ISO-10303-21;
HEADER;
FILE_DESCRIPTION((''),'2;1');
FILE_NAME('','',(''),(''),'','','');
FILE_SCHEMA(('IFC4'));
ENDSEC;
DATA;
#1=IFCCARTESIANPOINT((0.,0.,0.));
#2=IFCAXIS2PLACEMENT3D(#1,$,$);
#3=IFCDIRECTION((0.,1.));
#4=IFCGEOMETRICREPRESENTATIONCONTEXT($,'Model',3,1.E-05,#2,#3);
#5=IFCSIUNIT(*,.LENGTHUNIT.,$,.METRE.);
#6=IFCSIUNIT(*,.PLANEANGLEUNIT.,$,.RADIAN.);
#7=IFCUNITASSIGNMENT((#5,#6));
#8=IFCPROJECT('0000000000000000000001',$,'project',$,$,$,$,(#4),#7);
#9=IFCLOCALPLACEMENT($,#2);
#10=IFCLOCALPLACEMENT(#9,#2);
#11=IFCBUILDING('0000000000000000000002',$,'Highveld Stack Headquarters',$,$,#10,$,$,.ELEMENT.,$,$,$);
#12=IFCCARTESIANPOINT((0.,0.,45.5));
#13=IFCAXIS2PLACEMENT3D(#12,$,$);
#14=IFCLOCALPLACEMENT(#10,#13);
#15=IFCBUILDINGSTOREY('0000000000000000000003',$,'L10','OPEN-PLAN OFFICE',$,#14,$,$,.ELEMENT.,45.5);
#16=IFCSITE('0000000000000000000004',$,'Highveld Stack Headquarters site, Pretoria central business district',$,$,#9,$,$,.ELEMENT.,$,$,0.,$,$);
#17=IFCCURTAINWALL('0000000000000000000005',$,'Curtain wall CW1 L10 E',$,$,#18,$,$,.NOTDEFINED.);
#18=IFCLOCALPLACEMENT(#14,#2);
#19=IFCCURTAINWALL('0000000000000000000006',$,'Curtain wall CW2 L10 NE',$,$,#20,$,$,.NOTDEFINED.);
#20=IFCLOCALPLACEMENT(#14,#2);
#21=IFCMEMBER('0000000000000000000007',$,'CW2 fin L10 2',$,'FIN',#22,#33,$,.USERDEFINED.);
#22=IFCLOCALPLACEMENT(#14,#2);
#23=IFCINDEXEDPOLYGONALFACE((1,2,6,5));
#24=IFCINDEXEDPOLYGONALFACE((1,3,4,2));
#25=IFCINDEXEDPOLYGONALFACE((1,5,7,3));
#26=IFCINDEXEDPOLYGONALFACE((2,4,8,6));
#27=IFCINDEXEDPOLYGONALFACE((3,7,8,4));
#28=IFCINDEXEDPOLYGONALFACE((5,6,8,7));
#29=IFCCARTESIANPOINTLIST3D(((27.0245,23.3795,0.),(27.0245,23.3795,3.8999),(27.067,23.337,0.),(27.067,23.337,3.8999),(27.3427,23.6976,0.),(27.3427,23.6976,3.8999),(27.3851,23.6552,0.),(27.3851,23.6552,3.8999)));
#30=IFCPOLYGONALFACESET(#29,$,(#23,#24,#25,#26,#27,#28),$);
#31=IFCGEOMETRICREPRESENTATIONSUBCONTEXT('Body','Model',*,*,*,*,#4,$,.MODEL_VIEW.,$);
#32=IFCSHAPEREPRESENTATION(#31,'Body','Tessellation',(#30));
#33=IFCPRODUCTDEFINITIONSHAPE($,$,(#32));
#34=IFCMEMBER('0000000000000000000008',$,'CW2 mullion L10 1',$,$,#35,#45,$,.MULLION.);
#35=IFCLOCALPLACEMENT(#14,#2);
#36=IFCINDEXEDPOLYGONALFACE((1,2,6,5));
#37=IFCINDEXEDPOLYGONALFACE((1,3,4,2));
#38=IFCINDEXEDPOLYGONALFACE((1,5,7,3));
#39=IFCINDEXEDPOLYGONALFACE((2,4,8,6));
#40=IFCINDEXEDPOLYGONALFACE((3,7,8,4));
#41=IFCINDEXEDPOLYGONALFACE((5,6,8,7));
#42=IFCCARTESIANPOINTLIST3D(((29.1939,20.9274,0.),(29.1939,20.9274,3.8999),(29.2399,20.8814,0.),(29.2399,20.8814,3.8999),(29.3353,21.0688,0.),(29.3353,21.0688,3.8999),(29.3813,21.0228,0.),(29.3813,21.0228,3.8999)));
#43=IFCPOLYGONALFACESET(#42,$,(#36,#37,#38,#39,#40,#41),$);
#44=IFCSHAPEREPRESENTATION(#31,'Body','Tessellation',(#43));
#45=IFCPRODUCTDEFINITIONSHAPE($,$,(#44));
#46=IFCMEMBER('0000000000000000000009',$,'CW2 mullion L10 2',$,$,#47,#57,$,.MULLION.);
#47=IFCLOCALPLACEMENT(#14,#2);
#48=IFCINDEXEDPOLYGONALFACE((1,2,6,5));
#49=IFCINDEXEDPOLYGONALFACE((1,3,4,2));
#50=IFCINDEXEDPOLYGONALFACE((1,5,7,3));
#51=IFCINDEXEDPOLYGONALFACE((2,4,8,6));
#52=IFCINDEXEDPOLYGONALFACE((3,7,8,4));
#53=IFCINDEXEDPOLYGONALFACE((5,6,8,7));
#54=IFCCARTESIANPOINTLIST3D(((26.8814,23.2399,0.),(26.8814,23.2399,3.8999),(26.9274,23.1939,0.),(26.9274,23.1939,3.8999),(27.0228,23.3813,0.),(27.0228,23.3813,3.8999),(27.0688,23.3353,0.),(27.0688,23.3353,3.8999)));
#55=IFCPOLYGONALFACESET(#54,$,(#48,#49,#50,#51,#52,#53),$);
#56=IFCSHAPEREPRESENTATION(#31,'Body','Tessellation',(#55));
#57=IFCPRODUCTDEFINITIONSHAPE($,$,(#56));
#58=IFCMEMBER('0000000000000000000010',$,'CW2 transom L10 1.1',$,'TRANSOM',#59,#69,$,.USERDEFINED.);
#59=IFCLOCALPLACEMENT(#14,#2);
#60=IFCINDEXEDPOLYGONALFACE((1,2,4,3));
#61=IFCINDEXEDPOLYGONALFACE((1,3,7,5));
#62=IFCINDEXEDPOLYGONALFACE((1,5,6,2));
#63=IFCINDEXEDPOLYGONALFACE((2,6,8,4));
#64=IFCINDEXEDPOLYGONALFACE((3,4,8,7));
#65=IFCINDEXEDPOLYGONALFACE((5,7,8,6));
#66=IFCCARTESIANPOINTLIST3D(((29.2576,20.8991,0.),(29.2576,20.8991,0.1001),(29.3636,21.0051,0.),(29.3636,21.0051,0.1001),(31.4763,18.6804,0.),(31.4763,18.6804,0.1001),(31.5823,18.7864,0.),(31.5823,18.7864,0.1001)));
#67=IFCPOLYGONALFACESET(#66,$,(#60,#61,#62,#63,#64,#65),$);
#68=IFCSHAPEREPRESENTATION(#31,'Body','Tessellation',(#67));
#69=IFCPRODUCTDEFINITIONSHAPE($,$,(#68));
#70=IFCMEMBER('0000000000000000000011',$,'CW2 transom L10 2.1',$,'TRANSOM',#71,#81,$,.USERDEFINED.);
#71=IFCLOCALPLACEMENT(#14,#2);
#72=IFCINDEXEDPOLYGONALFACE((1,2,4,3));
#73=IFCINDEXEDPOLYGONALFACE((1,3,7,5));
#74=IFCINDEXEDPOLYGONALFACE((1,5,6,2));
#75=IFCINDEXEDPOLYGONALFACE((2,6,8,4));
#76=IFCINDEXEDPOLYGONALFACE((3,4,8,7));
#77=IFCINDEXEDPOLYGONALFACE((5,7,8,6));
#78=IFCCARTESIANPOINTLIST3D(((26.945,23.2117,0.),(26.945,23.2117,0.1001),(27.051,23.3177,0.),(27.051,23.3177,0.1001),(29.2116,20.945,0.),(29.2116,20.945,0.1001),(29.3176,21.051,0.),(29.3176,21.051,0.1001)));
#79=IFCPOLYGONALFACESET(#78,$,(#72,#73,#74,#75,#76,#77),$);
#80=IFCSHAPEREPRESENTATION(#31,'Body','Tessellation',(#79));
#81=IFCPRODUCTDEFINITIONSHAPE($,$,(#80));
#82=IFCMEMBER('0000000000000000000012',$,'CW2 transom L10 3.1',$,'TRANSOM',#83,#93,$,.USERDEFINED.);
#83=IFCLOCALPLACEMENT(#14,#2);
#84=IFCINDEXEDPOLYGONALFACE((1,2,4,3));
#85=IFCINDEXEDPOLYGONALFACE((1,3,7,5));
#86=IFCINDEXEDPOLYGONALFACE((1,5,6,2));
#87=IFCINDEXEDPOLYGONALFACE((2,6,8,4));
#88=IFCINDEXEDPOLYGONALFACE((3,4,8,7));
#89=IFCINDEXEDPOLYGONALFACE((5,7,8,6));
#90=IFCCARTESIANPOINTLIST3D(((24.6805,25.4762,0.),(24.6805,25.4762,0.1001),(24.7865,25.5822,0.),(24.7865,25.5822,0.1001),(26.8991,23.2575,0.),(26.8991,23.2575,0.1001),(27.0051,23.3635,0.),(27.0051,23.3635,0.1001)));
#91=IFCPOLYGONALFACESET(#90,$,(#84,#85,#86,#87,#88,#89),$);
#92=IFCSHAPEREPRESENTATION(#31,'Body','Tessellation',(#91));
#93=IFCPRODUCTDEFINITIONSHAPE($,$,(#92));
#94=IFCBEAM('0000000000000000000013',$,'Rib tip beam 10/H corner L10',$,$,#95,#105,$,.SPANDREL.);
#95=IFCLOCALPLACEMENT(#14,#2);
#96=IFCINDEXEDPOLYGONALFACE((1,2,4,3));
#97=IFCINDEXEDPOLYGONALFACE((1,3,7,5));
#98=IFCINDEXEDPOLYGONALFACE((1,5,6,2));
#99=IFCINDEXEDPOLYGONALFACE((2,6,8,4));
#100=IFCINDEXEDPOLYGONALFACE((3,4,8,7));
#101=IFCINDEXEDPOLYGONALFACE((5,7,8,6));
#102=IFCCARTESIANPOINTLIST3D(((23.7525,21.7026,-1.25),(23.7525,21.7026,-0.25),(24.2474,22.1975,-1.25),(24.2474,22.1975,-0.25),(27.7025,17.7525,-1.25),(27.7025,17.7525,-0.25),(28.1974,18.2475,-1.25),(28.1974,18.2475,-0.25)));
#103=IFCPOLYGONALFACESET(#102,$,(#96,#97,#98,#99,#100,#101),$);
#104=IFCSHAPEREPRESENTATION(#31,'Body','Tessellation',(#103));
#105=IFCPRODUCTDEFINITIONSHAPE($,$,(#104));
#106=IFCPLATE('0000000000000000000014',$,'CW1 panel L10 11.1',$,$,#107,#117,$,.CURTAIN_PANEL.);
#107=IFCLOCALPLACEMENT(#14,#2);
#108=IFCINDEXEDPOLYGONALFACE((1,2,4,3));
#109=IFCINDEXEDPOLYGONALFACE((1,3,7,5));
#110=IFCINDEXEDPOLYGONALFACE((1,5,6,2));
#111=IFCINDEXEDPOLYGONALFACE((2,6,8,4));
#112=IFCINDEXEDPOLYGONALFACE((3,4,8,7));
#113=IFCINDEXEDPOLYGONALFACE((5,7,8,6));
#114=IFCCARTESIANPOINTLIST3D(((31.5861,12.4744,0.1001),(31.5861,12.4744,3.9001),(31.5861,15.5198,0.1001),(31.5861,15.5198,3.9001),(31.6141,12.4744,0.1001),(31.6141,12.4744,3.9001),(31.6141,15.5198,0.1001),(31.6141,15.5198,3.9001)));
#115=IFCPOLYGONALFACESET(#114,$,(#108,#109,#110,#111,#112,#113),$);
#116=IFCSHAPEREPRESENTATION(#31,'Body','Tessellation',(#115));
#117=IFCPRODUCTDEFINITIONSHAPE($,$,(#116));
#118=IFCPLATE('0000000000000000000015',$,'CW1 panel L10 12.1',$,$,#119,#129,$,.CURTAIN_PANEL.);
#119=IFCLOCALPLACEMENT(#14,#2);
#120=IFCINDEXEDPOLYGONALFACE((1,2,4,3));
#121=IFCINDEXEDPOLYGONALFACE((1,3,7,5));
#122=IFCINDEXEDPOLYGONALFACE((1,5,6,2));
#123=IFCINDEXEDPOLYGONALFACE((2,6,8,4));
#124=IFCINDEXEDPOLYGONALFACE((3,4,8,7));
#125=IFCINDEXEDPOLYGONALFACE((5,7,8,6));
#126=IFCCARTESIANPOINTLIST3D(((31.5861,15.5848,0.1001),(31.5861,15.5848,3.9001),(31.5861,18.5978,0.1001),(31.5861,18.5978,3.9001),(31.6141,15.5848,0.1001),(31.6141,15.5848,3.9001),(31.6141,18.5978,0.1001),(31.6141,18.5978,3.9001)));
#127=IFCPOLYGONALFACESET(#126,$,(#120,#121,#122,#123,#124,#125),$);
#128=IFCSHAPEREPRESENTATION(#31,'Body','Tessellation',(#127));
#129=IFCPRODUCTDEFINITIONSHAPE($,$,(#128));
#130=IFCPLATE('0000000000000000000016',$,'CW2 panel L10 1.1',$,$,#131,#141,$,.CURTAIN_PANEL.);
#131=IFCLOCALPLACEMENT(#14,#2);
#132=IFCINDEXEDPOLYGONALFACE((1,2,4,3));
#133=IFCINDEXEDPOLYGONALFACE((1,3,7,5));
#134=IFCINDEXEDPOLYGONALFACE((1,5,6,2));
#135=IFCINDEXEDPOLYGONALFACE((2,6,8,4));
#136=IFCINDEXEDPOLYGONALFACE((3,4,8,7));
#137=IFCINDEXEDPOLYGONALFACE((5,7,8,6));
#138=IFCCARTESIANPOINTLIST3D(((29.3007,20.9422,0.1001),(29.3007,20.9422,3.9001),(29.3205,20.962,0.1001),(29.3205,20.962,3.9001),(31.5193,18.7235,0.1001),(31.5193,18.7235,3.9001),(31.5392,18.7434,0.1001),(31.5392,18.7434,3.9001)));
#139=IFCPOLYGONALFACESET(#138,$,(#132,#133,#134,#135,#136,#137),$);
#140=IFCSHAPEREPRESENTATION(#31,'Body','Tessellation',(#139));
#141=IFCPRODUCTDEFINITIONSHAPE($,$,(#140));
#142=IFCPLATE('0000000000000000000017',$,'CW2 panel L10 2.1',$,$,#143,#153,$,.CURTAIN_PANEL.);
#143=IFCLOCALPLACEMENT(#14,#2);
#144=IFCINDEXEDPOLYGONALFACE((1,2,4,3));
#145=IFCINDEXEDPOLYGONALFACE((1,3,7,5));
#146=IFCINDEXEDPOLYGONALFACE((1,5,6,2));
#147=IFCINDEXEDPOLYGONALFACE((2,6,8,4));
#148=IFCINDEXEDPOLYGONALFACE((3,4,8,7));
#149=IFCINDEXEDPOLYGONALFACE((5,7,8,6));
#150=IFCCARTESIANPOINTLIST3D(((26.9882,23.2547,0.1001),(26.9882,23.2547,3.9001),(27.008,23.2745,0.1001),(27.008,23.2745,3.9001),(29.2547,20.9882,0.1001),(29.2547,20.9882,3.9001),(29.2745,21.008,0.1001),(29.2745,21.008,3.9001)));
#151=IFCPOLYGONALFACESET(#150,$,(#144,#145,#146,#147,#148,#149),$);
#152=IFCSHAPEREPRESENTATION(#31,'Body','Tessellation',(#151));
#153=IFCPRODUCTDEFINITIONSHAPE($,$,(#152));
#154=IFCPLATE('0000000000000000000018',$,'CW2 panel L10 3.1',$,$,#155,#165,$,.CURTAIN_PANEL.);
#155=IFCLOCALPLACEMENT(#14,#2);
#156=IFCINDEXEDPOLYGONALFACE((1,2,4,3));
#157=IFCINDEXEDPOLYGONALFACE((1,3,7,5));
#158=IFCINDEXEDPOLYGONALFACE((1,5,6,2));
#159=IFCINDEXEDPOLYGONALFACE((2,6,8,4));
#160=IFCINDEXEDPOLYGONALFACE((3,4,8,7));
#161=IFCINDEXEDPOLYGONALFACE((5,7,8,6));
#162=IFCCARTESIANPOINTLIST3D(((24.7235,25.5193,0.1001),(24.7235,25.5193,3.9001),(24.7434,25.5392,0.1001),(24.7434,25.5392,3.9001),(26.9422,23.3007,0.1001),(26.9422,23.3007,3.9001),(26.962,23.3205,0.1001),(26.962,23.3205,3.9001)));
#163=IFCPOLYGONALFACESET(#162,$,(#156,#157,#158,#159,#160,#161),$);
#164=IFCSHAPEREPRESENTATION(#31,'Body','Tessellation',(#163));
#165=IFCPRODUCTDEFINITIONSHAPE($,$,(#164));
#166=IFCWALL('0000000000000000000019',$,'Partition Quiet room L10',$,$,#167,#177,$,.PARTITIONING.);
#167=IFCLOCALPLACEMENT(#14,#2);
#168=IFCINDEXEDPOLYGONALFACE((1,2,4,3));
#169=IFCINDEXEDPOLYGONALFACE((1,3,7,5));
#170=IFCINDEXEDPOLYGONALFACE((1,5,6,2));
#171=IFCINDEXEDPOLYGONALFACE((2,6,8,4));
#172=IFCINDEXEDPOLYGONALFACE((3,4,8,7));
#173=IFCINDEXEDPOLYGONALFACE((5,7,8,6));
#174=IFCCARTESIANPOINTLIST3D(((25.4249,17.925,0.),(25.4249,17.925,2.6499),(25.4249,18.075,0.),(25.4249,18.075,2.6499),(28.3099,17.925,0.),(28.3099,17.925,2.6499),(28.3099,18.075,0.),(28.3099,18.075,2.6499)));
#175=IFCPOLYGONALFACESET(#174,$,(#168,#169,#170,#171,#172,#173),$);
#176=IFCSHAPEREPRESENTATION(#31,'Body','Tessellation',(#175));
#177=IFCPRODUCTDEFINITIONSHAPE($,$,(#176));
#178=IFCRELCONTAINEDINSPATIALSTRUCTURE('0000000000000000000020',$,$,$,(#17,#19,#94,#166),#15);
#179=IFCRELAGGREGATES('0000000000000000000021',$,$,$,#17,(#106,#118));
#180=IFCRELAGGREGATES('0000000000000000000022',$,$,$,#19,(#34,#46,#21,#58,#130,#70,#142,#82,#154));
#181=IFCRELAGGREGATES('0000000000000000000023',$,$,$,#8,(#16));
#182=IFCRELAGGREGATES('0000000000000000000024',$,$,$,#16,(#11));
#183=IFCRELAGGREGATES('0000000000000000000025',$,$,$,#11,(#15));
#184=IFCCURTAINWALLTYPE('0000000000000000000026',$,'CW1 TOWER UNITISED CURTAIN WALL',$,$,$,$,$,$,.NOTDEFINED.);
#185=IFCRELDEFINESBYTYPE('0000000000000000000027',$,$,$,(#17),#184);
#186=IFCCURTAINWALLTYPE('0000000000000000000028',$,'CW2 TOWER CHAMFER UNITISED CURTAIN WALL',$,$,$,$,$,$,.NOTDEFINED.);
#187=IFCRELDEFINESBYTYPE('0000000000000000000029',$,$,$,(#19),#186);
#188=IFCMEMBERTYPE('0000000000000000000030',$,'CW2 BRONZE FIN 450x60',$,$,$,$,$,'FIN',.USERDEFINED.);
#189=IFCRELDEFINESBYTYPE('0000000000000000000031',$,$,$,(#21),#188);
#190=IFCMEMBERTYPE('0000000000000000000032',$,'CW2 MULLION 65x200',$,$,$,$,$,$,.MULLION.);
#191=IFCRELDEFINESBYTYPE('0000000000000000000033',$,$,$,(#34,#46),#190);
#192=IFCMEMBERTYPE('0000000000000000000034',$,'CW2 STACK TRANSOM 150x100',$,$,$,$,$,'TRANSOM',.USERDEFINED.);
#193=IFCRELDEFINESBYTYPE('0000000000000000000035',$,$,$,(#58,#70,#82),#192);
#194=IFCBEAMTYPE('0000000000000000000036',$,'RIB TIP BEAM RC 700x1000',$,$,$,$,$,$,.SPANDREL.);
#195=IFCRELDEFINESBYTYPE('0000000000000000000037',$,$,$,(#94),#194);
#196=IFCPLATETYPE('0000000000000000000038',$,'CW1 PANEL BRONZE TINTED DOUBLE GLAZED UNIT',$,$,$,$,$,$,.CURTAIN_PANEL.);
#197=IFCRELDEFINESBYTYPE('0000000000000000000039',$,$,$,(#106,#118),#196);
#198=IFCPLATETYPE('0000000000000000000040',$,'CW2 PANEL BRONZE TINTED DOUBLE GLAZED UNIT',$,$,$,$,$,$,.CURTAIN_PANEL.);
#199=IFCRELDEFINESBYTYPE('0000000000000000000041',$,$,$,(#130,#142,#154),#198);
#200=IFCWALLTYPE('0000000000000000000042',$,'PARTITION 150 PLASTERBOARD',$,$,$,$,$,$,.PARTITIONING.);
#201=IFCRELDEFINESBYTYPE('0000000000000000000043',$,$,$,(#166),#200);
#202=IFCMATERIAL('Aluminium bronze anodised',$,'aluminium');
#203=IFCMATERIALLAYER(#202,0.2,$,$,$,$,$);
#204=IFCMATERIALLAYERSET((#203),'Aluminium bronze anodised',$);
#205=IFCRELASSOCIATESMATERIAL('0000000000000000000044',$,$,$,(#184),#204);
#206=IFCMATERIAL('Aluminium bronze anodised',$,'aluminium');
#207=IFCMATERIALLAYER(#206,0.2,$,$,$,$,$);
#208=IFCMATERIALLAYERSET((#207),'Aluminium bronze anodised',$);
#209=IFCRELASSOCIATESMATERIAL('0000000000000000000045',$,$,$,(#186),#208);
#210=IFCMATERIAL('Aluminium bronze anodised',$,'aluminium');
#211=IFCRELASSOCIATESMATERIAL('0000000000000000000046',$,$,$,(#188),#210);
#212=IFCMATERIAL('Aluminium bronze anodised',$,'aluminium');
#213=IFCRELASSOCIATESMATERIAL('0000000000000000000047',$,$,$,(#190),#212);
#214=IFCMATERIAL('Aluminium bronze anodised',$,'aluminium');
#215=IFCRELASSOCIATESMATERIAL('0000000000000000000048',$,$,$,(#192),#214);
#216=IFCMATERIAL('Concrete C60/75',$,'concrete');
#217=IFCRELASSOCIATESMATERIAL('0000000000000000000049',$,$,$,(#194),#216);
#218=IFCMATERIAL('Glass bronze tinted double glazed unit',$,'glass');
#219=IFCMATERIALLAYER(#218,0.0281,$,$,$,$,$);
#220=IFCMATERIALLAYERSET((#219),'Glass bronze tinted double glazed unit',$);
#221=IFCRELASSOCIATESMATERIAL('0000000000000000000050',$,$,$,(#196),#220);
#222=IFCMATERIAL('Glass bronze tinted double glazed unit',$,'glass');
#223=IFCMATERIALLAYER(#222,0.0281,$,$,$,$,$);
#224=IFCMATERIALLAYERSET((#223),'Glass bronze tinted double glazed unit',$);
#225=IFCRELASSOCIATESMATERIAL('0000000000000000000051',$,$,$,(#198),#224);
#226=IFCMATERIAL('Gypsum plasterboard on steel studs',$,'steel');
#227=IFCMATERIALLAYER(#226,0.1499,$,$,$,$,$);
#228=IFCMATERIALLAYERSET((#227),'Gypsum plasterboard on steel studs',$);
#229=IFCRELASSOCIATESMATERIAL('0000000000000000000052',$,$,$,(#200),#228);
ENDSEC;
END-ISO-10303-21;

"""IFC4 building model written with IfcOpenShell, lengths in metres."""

from ifc_helpers import new_model, si_unit, direction, frame, frame_2d, origin, origin_2d, place, context, subcontext, project, spatial, rectangle, extrude, material, layer, layer_set, material_profile, profile_set, type_object, element, aggregate, save


model = new_model("IFC4")

# Units and contexts
model_context = context("Model", 3, precision=1e-05, world=origin(), true_north=direction((0.0, 1.0)))
body_context = subcontext(model_context, "Body", "Model", "MODEL_VIEW")
ifc_project = project(units=[si_unit("LENGTHUNIT", "METRE"), si_unit("PLANEANGLEUNIT", "RADIAN")], contexts=[model_context])

# Site, building, storey
site_placement = place(None, origin())
site = spatial("IfcSite", under=ifc_project, at=site_placement, Name="Highveld Stack Headquarters site, Pretoria central business district", CompositionType="ELEMENT", RefElevation=0.0)
building_placement = place(site_placement, origin())
building = spatial("IfcBuilding", under=site, at=building_placement, Name="Highveld Stack Headquarters", CompositionType="ELEMENT")
storey_placement = place(building_placement, frame((0.0, 0.0, 45.5)))
storey = spatial("IfcBuildingStorey", under=building, at=storey_placement, Name="L10", Description="OPEN-PLAN OFFICE", CompositionType="ELEMENT", Elevation=45.5)

# Curtain wall
ifc_material_1 = material(Name="Aluminium bronze anodised", Category="aluminium")
ifc_layer_1 = layer(ifc_material_1, 0.2)
ifc_layer_set_1 = layer_set([ifc_layer_1], Name="Aluminium bronze anodised")
curtain_wall_type_1 = type_object("IfcCurtainWallType", Name="CW1 TOWER UNITISED CURTAIN WALL", PredefinedType="NOTDEFINED", material=ifc_layer_set_1)
curtain_wall_1_placement = place(storey_placement, origin())
curtain_wall_1 = element("IfcCurtainWall", 1, at=curtain_wall_1_placement, inside=storey, type_object=curtain_wall_type_1, Name="Curtain wall CW1 L10 E", PredefinedType="NOTDEFINED")

# Curtain wall, members
ifc_material_2 = material(Name="Aluminium bronze anodised", Category="aluminium")
ifc_layer_2 = layer(ifc_material_2, 0.2)
ifc_layer_set_2 = layer_set([ifc_layer_2], Name="Aluminium bronze anodised")
curtain_wall_type_2 = type_object("IfcCurtainWallType", Name="CW2 TOWER CHAMFER UNITISED CURTAIN WALL", PredefinedType="NOTDEFINED", material=ifc_layer_set_2)
curtain_wall_2_placement = place(storey_placement, origin())
curtain_wall_2 = element("IfcCurtainWall", 2, at=curtain_wall_2_placement, inside=storey, type_object=curtain_wall_type_2, Name="Curtain wall CW2 L10 NE", PredefinedType="NOTDEFINED")
ifc_material_3 = material(Name="Aluminium bronze anodised", Category="aluminium")
ifc_material_profile_1 = material_profile(ifc_material_3, rectangle(XDim=0.45, YDim=0.0601, at=origin_2d()), Name="FIN 450x60")
ifc_profile_set_1 = profile_set([ifc_material_profile_1], Name="Aluminium bronze anodised")
member_type_1 = type_object("IfcMemberType", Name="CW2 BRONZE FIN 450x60", ElementType="FIN", PredefinedType="USERDEFINED", material=ifc_profile_set_1)
member_1_placement = place(storey_placement, frame((27.2048, 23.5173, 0.0), z_axis=(0.0, 0.0, 1.0), x_axis=(-0.707107, -0.707107, 0.0)))
member_1 = element("IfcMember", 3, at=member_1_placement, type_object=member_type_1, Name="CW2 fin L10 2", ObjectType="FIN", PredefinedType="USERDEFINED", context=body_context, shape_type="SweptSolid", body=[
    extrude(rectangle(XDim=0.45, YDim=0.0601, at=origin_2d()), origin(), (0.0, 0.0, 1.0), 3.8999),
])
ifc_material_4 = material(Name="Aluminium bronze anodised", Category="aluminium")
ifc_material_profile_2 = material_profile(ifc_material_4, rectangle(XDim=0.2, YDim=0.0649, at=origin_2d()), Name="CW2 MULLION 65x200")
ifc_profile_set_2 = profile_set([ifc_material_profile_2], Name="Aluminium bronze anodised")
member_type_2 = type_object("IfcMemberType", Name="CW2 MULLION 65x200", PredefinedType="MULLION", material=ifc_profile_set_2)
member_2_placement = place(storey_placement, frame((29.2876, 20.9751, 0.0), z_axis=(0.0, 0.0, 1.0), x_axis=(-0.707107, -0.707107, 0.0)))
member_2 = element("IfcMember", 4, at=member_2_placement, type_object=member_type_2, Name="CW2 mullion L10 1", PredefinedType="MULLION", context=body_context, shape_type="SweptSolid", body=[
    extrude(rectangle(XDim=0.2, YDim=0.0649, at=origin_2d()), origin(), (0.0, 0.0, 1.0), 3.8999),
])
member_3_placement = place(storey_placement, frame((26.9751, 23.2876, 0.0), z_axis=(0.0, 0.0, 1.0), x_axis=(-0.707107, -0.707107, 0.0)))
member_3 = element("IfcMember", 5, at=member_3_placement, type_object=member_type_2, Name="CW2 mullion L10 2", PredefinedType="MULLION", context=body_context, shape_type="SweptSolid", body=[
    extrude(rectangle(XDim=0.2, YDim=0.0649, at=origin_2d()), origin(), (0.0, 0.0, 1.0), 3.8999),
])
ifc_material_5 = material(Name="Aluminium bronze anodised", Category="aluminium")
ifc_material_profile_3 = material_profile(ifc_material_5, rectangle(XDim=0.1499, YDim=0.1001, at=origin_2d()), Name="CW2 TRANSOM 150x100")
ifc_profile_set_3 = profile_set([ifc_material_profile_3], Name="Aluminium bronze anodised")
member_type_3 = type_object("IfcMemberType", Name="CW2 STACK TRANSOM 150x100", ElementType="TRANSOM", PredefinedType="USERDEFINED", material=ifc_profile_set_3)
member_4_placement = place(storey_placement, frame((31.5293, 18.7334, 0.05), z_axis=(-0.707107, 0.707107, 0.0), x_axis=(-0.707107, -0.707107, 0.0)))
member_4 = element("IfcMember", 6, at=member_4_placement, type_object=member_type_3, Name="CW2 transom L10 1.1", ObjectType="TRANSOM", PredefinedType="USERDEFINED", context=body_context, shape_type="SweptSolid", body=[
    extrude(rectangle(XDim=0.1499, YDim=0.1001, at=origin_2d()), origin(), (0.0, 0.0, 1.0), 3.1377),
])
member_5_placement = place(storey_placement, frame((29.2646, 20.998, 0.05), z_axis=(-0.707107, 0.707107, 0.0), x_axis=(-0.707107, -0.707107, 0.0)))
member_5 = element("IfcMember", 7, at=member_5_placement, type_object=member_type_3, Name="CW2 transom L10 2.1", ObjectType="TRANSOM", PredefinedType="USERDEFINED", context=body_context, shape_type="SweptSolid", body=[
    extrude(rectangle(XDim=0.1499, YDim=0.1001, at=origin_2d()), origin(), (0.0, 0.0, 1.0), 3.2056),
])
member_6_placement = place(storey_placement, frame((26.9521, 23.3105, 0.05), z_axis=(-0.707107, 0.707107, 0.0), x_axis=(-0.707107, -0.707107, 0.0)))
member_6 = element("IfcMember", 8, at=member_6_placement, type_object=member_type_3, Name="CW2 transom L10 3.1", ObjectType="TRANSOM", PredefinedType="USERDEFINED", context=body_context, shape_type="SweptSolid", body=[
    extrude(rectangle(XDim=0.1499, YDim=0.1001, at=origin_2d()), origin(), (0.0, 0.0, 1.0), 3.1377),
])

# Beam
ifc_material_6 = material(Name="Concrete C60/75", Category="concrete")
ifc_material_profile_4 = material_profile(ifc_material_6, rectangle(XDim=0.7, YDim=1.0, at=origin_2d()), Name="RC 700x1000")
ifc_profile_set_4 = profile_set([ifc_material_profile_4], Name="Concrete C60/75")
beam_type_1 = type_object("IfcBeamType", Name="RIB TIP BEAM RC 700x1000", PredefinedType="SPANDREL", material=ifc_profile_set_4)
beam_1_placement = place(storey_placement, frame((27.95, 18.0, -0.75), z_axis=(-0.707107, 0.707107, 0.0), x_axis=(-0.707107, -0.707107, 0.0)))
element("IfcBeam", 9, at=beam_1_placement, inside=storey, type_object=beam_type_1, Name="Rib tip beam 10/H corner L10", PredefinedType="SPANDREL", context=body_context, shape_type="SweptSolid", body=[
    extrude(rectangle(XDim=0.7, YDim=1.0, at=origin_2d()), origin(), (0.0, 0.0, 1.0), 5.5862),
])

# Plates
ifc_material_7 = material(Name="Glass bronze tinted double glazed unit", Category="glass")
ifc_layer_3 = layer(ifc_material_7, 0.0281)
ifc_layer_set_3 = layer_set([ifc_layer_3], Name="Glass bronze tinted double glazed unit")
plate_type_1 = type_object("IfcPlateType", Name="CW1 PANEL BRONZE TINTED DOUBLE GLAZED UNIT", PredefinedType="CURTAIN_PANEL", material=ifc_layer_set_3)
plate_1_placement = place(storey_placement, frame((31.6001, 13.9971, 0.1001), z_axis=(0.0, 0.0, 1.0), x_axis=(0.0, 1.0, 0.0)))
plate_1 = element("IfcPlate", 10, at=plate_1_placement, type_object=plate_type_1, Name="CW1 panel L10 11.1", PredefinedType="CURTAIN_PANEL", context=body_context, shape_type="SweptSolid", body=[
    extrude(rectangle(XDim=3.0454, YDim=0.0281, at=origin_2d()), origin(), (0.0, 0.0, 1.0), 3.8),
])
plate_2_placement = place(storey_placement, frame((31.6001, 17.0913, 0.1001), z_axis=(0.0, 0.0, 1.0), x_axis=(0.0, 1.0, 0.0)))
plate_2 = element("IfcPlate", 11, at=plate_2_placement, type_object=plate_type_1, Name="CW1 panel L10 12.1", PredefinedType="CURTAIN_PANEL", context=body_context, shape_type="SweptSolid", body=[
    extrude(rectangle(XDim=3.0129, YDim=0.0281, at=origin_2d()), origin(), (0.0, 0.0, 1.0), 3.8),
])
aggregate(curtain_wall_1, [plate_1, plate_2])
ifc_material_8 = material(Name="Glass bronze tinted double glazed unit", Category="glass")
ifc_layer_4 = layer(ifc_material_8, 0.0281)
ifc_layer_set_4 = layer_set([ifc_layer_4], Name="Glass bronze tinted double glazed unit")
plate_type_2 = type_object("IfcPlateType", Name="CW2 PANEL BRONZE TINTED DOUBLE GLAZED UNIT", PredefinedType="CURTAIN_PANEL", material=ifc_layer_set_4)
plate_3_placement = place(storey_placement, frame((30.4199, 19.8428, 0.1001), z_axis=(0.0, 0.0, 1.0), x_axis=(-0.707107, 0.707107, 0.0)))
plate_3 = element("IfcPlate", 12, at=plate_3_placement, type_object=plate_type_2, Name="CW2 panel L10 1.1", PredefinedType="CURTAIN_PANEL", context=body_context, shape_type="SweptSolid", body=[
    extrude(rectangle(XDim=3.1377, YDim=0.0281, at=origin_2d()), origin(), (0.0, 0.0, 1.0), 3.8),
])
plate_4_placement = place(storey_placement, frame((28.1313, 22.1313, 0.1001), z_axis=(0.0, 0.0, 1.0), x_axis=(-0.707107, 0.707107, 0.0)))
plate_4 = element("IfcPlate", 13, at=plate_4_placement, type_object=plate_type_2, Name="CW2 panel L10 2.1", PredefinedType="CURTAIN_PANEL", context=body_context, shape_type="SweptSolid", body=[
    extrude(rectangle(XDim=3.2053, YDim=0.0281, at=origin_2d()), origin(), (0.0, 0.0, 1.0), 3.8),
])
plate_5_placement = place(storey_placement, frame((25.8428, 24.4199, 0.1001), z_axis=(0.0, 0.0, 1.0), x_axis=(-0.707107, 0.707107, 0.0)))
plate_5 = element("IfcPlate", 14, at=plate_5_placement, type_object=plate_type_2, Name="CW2 panel L10 3.1", PredefinedType="CURTAIN_PANEL", context=body_context, shape_type="SweptSolid", body=[
    extrude(rectangle(XDim=3.1377, YDim=0.0281, at=origin_2d()), origin(), (0.0, 0.0, 1.0), 3.8),
])
aggregate(curtain_wall_2, [member_2, member_3, member_1, member_4, plate_3, member_5, plate_4, member_6, plate_5])

# Wall
ifc_material_9 = material(Name="Gypsum plasterboard on steel studs", Category="steel")
ifc_layer_5 = layer(ifc_material_9, 0.1499)
ifc_layer_set_5 = layer_set([ifc_layer_5], Name="Gypsum plasterboard on steel studs")
wall_type = type_object("IfcWallType", Name="PARTITION 150 PLASTERBOARD", PredefinedType="PARTITIONING", material=ifc_layer_set_5)
wall_1_placement = place(storey_placement, frame((25.425, 18.0, 0.0), z_axis=(0.0, 0.0, 1.0), x_axis=(1.0, 0.0, 0.0)))
element("IfcWall", 15, at=wall_1_placement, inside=storey, type_object=wall_type, Name="Partition Quiet room L10", PredefinedType="PARTITIONING", context=body_context, shape_type="SweptSolid", body=[
    extrude(rectangle(XDim=2.885, YDim=0.1499, at=frame_2d((1.4424, 0.0))), origin(), (0.0, 0.0, 1.0), 2.6499),
])

save(model, "model.ifc")
